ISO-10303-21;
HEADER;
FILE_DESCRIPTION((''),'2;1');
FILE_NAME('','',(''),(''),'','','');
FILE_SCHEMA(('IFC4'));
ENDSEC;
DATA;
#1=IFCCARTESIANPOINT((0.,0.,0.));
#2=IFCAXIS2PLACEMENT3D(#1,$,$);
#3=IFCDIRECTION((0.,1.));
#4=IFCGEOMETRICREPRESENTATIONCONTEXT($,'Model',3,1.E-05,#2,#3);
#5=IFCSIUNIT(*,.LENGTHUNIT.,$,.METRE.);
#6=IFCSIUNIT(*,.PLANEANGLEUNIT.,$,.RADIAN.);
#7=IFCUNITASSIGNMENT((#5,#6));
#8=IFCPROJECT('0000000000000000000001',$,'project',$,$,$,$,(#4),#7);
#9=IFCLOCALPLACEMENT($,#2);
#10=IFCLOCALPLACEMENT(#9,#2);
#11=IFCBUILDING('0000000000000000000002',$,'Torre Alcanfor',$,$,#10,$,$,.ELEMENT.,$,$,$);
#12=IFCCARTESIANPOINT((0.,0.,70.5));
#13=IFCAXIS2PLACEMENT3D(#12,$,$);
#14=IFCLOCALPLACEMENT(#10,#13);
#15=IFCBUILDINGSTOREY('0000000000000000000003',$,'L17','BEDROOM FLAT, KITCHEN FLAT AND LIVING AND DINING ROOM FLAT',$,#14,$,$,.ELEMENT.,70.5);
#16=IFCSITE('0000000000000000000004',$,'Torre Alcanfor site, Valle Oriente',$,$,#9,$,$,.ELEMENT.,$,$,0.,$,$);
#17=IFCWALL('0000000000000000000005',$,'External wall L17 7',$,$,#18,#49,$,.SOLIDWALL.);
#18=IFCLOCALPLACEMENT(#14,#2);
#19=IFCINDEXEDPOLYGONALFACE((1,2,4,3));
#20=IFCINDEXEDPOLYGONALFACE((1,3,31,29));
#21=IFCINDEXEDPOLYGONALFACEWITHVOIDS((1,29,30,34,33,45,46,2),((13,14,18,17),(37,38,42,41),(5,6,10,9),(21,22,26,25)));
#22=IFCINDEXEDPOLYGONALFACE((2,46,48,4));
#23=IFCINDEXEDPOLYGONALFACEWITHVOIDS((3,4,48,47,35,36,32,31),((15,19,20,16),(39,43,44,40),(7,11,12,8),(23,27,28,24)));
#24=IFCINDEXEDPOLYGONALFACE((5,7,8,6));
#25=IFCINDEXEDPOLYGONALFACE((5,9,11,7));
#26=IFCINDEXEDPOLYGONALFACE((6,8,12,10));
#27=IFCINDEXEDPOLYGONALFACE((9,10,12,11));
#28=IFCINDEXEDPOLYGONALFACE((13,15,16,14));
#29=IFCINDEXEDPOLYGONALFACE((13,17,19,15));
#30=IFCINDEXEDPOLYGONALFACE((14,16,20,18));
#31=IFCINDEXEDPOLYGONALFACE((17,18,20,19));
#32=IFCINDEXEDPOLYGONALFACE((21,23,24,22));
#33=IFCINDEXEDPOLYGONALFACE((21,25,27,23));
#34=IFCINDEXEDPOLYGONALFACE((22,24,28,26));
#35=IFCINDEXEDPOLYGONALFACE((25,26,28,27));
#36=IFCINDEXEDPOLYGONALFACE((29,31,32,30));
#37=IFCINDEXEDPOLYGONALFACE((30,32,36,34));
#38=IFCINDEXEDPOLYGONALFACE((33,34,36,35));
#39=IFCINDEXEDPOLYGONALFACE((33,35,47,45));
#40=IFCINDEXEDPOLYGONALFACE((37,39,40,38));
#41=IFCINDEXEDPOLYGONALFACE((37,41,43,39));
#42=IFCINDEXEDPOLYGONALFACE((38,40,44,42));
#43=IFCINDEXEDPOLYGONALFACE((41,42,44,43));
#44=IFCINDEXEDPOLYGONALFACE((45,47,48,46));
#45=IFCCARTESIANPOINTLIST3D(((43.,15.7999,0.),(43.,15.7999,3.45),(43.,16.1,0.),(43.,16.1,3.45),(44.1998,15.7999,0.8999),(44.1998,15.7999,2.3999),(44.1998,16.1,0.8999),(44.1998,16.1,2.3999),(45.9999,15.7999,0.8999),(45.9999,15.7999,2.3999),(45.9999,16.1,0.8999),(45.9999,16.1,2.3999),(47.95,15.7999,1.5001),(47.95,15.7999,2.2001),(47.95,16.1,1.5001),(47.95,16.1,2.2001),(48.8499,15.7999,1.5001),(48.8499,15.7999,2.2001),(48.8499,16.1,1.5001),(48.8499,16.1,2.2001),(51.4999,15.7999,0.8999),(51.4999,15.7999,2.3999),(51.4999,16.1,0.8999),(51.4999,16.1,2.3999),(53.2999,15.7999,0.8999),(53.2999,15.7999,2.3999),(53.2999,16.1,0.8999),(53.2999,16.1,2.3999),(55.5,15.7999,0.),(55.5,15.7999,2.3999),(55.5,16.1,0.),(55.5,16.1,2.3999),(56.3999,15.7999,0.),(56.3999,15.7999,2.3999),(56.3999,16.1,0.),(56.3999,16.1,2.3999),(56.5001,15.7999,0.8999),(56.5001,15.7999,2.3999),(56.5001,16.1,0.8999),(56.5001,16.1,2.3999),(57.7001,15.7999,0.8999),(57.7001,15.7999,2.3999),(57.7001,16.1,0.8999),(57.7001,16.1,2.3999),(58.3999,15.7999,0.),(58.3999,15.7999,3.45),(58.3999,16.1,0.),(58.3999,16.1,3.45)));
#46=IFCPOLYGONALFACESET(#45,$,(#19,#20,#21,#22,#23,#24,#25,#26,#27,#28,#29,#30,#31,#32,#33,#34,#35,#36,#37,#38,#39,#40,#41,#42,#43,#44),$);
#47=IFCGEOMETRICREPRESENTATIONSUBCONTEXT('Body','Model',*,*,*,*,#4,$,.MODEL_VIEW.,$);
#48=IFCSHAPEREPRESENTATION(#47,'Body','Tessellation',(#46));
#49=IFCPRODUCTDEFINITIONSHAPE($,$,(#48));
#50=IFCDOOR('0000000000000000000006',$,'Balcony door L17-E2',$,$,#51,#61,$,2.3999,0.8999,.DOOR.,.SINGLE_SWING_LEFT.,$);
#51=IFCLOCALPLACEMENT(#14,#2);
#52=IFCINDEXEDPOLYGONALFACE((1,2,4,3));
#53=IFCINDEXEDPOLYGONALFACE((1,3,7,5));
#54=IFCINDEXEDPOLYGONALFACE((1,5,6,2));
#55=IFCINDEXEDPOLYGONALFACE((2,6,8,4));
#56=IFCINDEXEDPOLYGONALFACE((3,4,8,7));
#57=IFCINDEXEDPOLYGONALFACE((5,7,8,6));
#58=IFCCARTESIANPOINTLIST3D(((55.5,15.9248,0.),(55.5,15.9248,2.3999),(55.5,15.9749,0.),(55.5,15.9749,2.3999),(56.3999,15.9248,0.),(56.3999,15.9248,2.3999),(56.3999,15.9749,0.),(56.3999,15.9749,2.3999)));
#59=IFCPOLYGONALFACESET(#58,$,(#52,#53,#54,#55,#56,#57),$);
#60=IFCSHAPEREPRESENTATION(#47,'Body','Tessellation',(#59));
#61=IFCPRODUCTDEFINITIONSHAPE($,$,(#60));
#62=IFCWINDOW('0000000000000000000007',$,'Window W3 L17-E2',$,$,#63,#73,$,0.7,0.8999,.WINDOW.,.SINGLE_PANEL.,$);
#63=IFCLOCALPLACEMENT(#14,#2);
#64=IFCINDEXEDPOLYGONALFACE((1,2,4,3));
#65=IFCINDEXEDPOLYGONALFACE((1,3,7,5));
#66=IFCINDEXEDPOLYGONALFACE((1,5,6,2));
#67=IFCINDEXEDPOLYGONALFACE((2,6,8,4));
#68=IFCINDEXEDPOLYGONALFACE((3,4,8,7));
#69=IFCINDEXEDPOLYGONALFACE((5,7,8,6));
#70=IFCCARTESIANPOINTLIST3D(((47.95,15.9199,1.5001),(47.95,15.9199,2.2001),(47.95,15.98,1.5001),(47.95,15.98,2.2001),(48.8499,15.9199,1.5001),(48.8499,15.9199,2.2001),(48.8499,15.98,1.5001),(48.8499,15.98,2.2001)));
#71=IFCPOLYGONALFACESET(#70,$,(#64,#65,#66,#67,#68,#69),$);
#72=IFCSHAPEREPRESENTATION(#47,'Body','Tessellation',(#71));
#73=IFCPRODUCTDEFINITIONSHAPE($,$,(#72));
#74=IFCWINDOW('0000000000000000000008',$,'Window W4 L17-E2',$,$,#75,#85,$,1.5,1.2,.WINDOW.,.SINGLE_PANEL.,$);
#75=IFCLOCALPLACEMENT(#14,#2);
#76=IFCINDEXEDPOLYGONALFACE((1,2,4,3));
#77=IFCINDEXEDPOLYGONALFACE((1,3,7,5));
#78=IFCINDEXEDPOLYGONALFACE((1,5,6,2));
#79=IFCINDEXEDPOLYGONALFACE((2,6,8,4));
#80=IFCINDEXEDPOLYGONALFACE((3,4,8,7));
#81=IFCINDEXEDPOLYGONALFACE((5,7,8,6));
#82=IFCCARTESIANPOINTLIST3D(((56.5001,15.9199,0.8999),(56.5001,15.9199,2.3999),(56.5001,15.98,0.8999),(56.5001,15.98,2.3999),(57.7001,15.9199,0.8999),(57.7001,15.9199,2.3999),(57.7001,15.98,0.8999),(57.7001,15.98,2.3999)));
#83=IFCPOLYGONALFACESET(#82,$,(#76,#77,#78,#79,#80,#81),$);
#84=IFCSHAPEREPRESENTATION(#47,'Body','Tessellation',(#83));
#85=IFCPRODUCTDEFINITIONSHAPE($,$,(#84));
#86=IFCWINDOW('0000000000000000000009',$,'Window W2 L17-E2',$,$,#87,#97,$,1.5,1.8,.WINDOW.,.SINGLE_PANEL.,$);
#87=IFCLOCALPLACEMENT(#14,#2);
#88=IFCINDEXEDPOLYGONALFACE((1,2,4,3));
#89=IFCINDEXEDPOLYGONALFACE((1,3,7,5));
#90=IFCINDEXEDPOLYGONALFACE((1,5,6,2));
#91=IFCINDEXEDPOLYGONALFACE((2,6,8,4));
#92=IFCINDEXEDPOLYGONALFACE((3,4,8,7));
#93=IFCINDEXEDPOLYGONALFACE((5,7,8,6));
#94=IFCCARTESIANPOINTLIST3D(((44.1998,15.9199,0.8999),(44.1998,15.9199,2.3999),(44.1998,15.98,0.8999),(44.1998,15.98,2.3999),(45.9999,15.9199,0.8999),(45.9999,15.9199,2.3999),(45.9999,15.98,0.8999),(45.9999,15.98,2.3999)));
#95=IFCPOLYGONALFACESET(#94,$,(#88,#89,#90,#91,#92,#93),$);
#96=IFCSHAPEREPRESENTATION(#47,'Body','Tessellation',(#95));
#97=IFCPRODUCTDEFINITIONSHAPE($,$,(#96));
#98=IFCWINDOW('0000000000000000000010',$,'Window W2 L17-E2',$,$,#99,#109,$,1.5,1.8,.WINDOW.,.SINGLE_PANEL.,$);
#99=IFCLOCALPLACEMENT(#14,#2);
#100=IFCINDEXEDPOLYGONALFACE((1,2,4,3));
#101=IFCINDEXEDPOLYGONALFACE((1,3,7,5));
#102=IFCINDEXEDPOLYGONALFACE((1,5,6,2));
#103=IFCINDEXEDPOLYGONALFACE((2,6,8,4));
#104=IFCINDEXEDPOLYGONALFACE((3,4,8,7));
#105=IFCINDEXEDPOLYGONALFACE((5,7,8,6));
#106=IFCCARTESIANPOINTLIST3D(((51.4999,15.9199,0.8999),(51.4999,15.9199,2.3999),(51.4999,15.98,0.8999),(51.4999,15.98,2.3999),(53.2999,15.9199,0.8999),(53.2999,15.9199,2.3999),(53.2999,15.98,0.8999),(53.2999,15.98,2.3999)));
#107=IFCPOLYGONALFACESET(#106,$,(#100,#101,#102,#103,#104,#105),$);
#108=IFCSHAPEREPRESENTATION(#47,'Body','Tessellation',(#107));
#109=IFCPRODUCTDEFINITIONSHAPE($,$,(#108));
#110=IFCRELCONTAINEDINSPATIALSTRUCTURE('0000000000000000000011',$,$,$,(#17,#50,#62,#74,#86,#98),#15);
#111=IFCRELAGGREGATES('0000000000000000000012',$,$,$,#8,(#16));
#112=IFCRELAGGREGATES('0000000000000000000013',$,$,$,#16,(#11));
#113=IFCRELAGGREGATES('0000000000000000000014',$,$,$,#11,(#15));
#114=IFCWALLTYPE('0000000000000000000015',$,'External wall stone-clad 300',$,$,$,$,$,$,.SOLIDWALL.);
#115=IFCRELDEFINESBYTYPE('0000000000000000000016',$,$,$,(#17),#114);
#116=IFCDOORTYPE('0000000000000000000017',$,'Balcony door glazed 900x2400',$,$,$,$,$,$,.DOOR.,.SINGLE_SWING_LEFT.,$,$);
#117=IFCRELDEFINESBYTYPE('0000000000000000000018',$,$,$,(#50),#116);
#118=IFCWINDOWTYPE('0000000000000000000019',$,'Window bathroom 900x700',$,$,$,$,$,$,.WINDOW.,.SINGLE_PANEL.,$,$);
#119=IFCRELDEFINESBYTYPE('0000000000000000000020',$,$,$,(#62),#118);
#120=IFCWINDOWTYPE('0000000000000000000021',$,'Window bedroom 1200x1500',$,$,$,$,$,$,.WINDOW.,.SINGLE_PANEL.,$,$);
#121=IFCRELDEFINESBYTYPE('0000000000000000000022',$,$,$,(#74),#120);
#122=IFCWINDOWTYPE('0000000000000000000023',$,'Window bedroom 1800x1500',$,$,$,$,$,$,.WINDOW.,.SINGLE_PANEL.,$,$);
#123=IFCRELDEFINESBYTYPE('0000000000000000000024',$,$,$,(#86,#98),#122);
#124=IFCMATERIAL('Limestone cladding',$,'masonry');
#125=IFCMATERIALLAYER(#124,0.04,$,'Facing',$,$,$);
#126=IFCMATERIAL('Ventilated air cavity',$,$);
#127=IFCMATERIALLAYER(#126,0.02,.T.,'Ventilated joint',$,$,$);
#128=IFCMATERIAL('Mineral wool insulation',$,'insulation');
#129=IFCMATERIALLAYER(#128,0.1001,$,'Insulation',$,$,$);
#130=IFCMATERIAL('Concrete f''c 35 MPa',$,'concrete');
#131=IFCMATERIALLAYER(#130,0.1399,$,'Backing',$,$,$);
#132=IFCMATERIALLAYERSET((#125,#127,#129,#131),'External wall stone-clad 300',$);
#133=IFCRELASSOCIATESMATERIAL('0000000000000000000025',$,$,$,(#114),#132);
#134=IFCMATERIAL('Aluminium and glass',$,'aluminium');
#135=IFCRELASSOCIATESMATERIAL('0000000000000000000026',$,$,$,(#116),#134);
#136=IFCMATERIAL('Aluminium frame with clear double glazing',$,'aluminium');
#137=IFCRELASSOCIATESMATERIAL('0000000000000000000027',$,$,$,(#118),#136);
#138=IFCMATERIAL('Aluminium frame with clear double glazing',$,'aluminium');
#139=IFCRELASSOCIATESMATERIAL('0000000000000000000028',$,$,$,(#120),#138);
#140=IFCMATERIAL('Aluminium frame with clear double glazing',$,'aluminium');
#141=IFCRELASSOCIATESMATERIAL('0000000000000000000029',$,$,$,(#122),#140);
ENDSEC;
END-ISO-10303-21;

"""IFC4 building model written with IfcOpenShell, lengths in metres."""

from ifc_helpers import new_model, si_unit, direction, frame, frame_2d, origin, place, context, subcontext, project, spatial, rectangle, extrude, material, layer, layer_set, type_object, element, fill, save


model = new_model("IFC4")

# Units and contexts
model_context = context("Model", 3, precision=1e-05, world=origin(), true_north=direction((0.0, 1.0)))
body_context = subcontext(model_context, "Body", "Model", "MODEL_VIEW")
ifc_project = project(units=[si_unit("LENGTHUNIT", "METRE"), si_unit("PLANEANGLEUNIT", "RADIAN")], contexts=[model_context])

# Site, building, storey
site_placement = place(None, origin())
site = spatial("IfcSite", under=ifc_project, at=site_placement, Name="Torre Alcanfor site, Valle Oriente", CompositionType="ELEMENT", RefElevation=0.0)
building_placement = place(site_placement, origin())
building = spatial("IfcBuilding", under=site, at=building_placement, Name="Torre Alcanfor", CompositionType="ELEMENT")
storey_placement = place(building_placement, frame((0.0, 0.0, 70.5)))
storey = spatial("IfcBuildingStorey", under=building, at=storey_placement, Name="L17", Description="BEDROOM FLAT, KITCHEN FLAT AND LIVING AND DINING ROOM FLAT", CompositionType="ELEMENT", Elevation=70.5)

# Wall, openings, door, windows
ifc_material_1 = material(Name="Limestone cladding", Category="masonry")
ifc_layer_1 = layer(ifc_material_1, 0.04, Name="Facing")
ifc_material_2 = material(Name="Ventilated air cavity")
ifc_layer_2 = layer(ifc_material_2, 0.02, ventilated=True, Name="Ventilated joint")
ifc_material_3 = material(Name="Mineral wool insulation", Category="insulation")
ifc_layer_3 = layer(ifc_material_3, 0.1001, Name="Insulation")
ifc_material_4 = material(Name="Concrete f'c 35 MPa", Category="concrete")
ifc_layer_4 = layer(ifc_material_4, 0.1399, Name="Backing")
ifc_layer_set_1 = layer_set([ifc_layer_1, ifc_layer_2, ifc_layer_3, ifc_layer_4], Name="External wall stone-clad 300")
wall_type_1 = type_object("IfcWallType", Name="External wall stone-clad 300", PredefinedType="SOLIDWALL", material=ifc_layer_set_1)
ifc_material_5 = material(Name="Aluminium and glass", Category="aluminium")
door_type = type_object("IfcDoorType", Name="Balcony door glazed 900x2400", OperationType="SINGLE_SWING_LEFT", PredefinedType="DOOR", material=ifc_material_5)
ifc_material_6 = material(Name="Aluminium frame with clear double glazing", Category="aluminium")
window_type_1 = type_object("IfcWindowType", Name="Window bathroom 900x700", PartitioningType="SINGLE_PANEL", PredefinedType="WINDOW", material=ifc_material_6)
ifc_material_7 = material(Name="Aluminium frame with clear double glazing", Category="aluminium")
window_type_2 = type_object("IfcWindowType", Name="Window bedroom 1200x1500", PartitioningType="SINGLE_PANEL", PredefinedType="WINDOW", material=ifc_material_7)
ifc_material_8 = material(Name="Aluminium frame with clear double glazing", Category="aluminium")
window_type_3 = type_object("IfcWindowType", Name="Window bedroom 1800x1500", PartitioningType="SINGLE_PANEL", PredefinedType="WINDOW", material=ifc_material_8)
wall_1_placement = place(storey_placement, frame((43.0, 15.95, 0.0), z_axis=(0.0, 0.0, 1.0), x_axis=(1.0, 0.0, 0.0)))
wall_1 = element("IfcWall", 1, at=wall_1_placement, inside=storey, type_object=wall_type_1, Name="External wall L17 7", PredefinedType="SOLIDWALL", context=body_context, shape_type="SweptSolid", body=[
    extrude(rectangle(XDim=15.3999, YDim=0.3, at=frame_2d((7.7, 0.0))), origin(), (0.0, 0.0, 1.0), 3.45),
])
opening_1_placement = place(wall_1_placement, frame((1.2, 0.0, 0.8999)))
opening_1 = element("IfcOpeningElement", 2, at=opening_1_placement, cuts=wall_1, PredefinedType="OPENING", context=body_context, shape_type="SweptSolid", body=[
    extrude(rectangle(XDim=1.8, YDim=1.5, at=frame_2d((0.8999, 0.75))), frame((0.0, 0.1599, 0.0), z_axis=(0.0, -1.0, 0.0), x_axis=(1.0, 0.0, 0.0)), (0.0, 0.0, 1.0), 0.3201),
])
opening_2_placement = place(wall_1_placement, frame((4.95, 0.0, 1.5)))
opening_2 = element("IfcOpeningElement", 3, at=opening_2_placement, cuts=wall_1, PredefinedType="OPENING", context=body_context, shape_type="SweptSolid", body=[
    extrude(rectangle(XDim=0.8999, YDim=0.7, at=frame_2d((0.45, 0.3501))), frame((0.0, 0.1599, 0.0), z_axis=(0.0, -1.0, 0.0), x_axis=(1.0, 0.0, 0.0)), (0.0, 0.0, 1.0), 0.3201),
])
opening_3_placement = place(wall_1_placement, frame((8.5, 0.0, 0.8999)))
opening_3 = element("IfcOpeningElement", 4, at=opening_3_placement, cuts=wall_1, PredefinedType="OPENING", context=body_context, shape_type="SweptSolid", body=[
    extrude(rectangle(XDim=1.8, YDim=1.5, at=frame_2d((0.8999, 0.75))), frame((0.0, 0.1599, 0.0), z_axis=(0.0, -1.0, 0.0), x_axis=(1.0, 0.0, 0.0)), (0.0, 0.0, 1.0), 0.3201),
])
opening_4_placement = place(wall_1_placement, frame((12.5, 0.0, 0.0)))
opening_4 = element("IfcOpeningElement", 5, at=opening_4_placement, cuts=wall_1, PredefinedType="OPENING", context=body_context, shape_type="SweptSolid", body=[
    extrude(rectangle(XDim=0.8999, YDim=2.3999, at=frame_2d((0.45, 1.2))), frame((0.0, 0.1599, 0.0), z_axis=(0.0, -1.0, 0.0), x_axis=(1.0, 0.0, 0.0)), (0.0, 0.0, 1.0), 0.3201),
])
opening_5_placement = place(wall_1_placement, frame((13.5, 0.0, 0.8999)))
opening_5 = element("IfcOpeningElement", 6, at=opening_5_placement, cuts=wall_1, PredefinedType="OPENING", context=body_context, shape_type="SweptSolid", body=[
    extrude(rectangle(XDim=1.2, YDim=1.5, at=frame_2d((0.6001, 0.75))), frame((0.0, 0.1599, 0.0), z_axis=(0.0, -1.0, 0.0), x_axis=(1.0, 0.0, 0.0)), (0.0, 0.0, 1.0), 0.3201),
])
door_1_placement = place(opening_4_placement, origin())
door_1 = element("IfcDoor", 7, at=door_1_placement, inside=storey, type_object=door_type, Name="Balcony door L17-E2", OperationType="SINGLE_SWING_LEFT", OverallHeight=2.3999, OverallWidth=0.8999, PredefinedType="DOOR", context=body_context, shape_type="SweptSolid", body=[
    extrude(rectangle(XDim=0.8999, YDim=2.3999, at=frame_2d((0.45, 1.2))), frame((0.0, 0.0249, 0.0), z_axis=(0.0, -1.0, 0.0), x_axis=(1.0, 0.0, 0.0)), (0.0, 0.0, 1.0), 0.05),
])
fill(opening_4, door_1)
window_1_placement = place(opening_2_placement, origin())
window_1 = element("IfcWindow", 8, at=window_1_placement, inside=storey, type_object=window_type_1, Name="Window W3 L17-E2", OverallHeight=0.7, OverallWidth=0.8999, PartitioningType="SINGLE_PANEL", PredefinedType="WINDOW", context=body_context, shape_type="SweptSolid", body=[
    extrude(rectangle(XDim=0.8999, YDim=0.7, at=frame_2d((0.45, 0.3501))), frame((0.0, 0.03, 0.0), z_axis=(0.0, -1.0, 0.0), x_axis=(1.0, 0.0, 0.0)), (0.0, 0.0, 1.0), 0.0601),
])
fill(opening_2, window_1)
window_2_placement = place(opening_5_placement, origin())
window_2 = element("IfcWindow", 9, at=window_2_placement, inside=storey, type_object=window_type_2, Name="Window W4 L17-E2", OverallHeight=1.5, OverallWidth=1.2, PartitioningType="SINGLE_PANEL", PredefinedType="WINDOW", context=body_context, shape_type="SweptSolid", body=[
    extrude(rectangle(XDim=1.2, YDim=1.5, at=frame_2d((0.6001, 0.75))), frame((0.0, 0.03, 0.0), z_axis=(0.0, -1.0, 0.0), x_axis=(1.0, 0.0, 0.0)), (0.0, 0.0, 1.0), 0.0601),
])
fill(opening_5, window_2)
window_3_placement = place(opening_1_placement, origin())
window_3 = element("IfcWindow", 10, at=window_3_placement, inside=storey, type_object=window_type_3, Name="Window W2 L17-E2", OverallHeight=1.5, OverallWidth=1.8, PartitioningType="SINGLE_PANEL", PredefinedType="WINDOW", context=body_context, shape_type="SweptSolid", body=[
    extrude(rectangle(XDim=1.8, YDim=1.5, at=frame_2d((0.8999, 0.75))), frame((0.0, 0.03, 0.0), z_axis=(0.0, -1.0, 0.0), x_axis=(1.0, 0.0, 0.0)), (0.0, 0.0, 1.0), 0.0601),
])
fill(opening_1, window_3)
window_4_placement = place(opening_3_placement, origin())
window_4 = element("IfcWindow", 11, at=window_4_placement, inside=storey, type_object=window_type_3, Name="Window W2 L17-E2", OverallHeight=1.5, OverallWidth=1.8, PartitioningType="SINGLE_PANEL", PredefinedType="WINDOW", context=body_context, shape_type="SweptSolid", body=[
    extrude(rectangle(XDim=1.8, YDim=1.5, at=frame_2d((0.8999, 0.75))), frame((0.0, 0.03, 0.0), z_axis=(0.0, -1.0, 0.0), x_axis=(1.0, 0.0, 0.0)), (0.0, 0.0, 1.0), 0.0601),
])
fill(opening_3, window_4)

save(model, "model.ifc")
